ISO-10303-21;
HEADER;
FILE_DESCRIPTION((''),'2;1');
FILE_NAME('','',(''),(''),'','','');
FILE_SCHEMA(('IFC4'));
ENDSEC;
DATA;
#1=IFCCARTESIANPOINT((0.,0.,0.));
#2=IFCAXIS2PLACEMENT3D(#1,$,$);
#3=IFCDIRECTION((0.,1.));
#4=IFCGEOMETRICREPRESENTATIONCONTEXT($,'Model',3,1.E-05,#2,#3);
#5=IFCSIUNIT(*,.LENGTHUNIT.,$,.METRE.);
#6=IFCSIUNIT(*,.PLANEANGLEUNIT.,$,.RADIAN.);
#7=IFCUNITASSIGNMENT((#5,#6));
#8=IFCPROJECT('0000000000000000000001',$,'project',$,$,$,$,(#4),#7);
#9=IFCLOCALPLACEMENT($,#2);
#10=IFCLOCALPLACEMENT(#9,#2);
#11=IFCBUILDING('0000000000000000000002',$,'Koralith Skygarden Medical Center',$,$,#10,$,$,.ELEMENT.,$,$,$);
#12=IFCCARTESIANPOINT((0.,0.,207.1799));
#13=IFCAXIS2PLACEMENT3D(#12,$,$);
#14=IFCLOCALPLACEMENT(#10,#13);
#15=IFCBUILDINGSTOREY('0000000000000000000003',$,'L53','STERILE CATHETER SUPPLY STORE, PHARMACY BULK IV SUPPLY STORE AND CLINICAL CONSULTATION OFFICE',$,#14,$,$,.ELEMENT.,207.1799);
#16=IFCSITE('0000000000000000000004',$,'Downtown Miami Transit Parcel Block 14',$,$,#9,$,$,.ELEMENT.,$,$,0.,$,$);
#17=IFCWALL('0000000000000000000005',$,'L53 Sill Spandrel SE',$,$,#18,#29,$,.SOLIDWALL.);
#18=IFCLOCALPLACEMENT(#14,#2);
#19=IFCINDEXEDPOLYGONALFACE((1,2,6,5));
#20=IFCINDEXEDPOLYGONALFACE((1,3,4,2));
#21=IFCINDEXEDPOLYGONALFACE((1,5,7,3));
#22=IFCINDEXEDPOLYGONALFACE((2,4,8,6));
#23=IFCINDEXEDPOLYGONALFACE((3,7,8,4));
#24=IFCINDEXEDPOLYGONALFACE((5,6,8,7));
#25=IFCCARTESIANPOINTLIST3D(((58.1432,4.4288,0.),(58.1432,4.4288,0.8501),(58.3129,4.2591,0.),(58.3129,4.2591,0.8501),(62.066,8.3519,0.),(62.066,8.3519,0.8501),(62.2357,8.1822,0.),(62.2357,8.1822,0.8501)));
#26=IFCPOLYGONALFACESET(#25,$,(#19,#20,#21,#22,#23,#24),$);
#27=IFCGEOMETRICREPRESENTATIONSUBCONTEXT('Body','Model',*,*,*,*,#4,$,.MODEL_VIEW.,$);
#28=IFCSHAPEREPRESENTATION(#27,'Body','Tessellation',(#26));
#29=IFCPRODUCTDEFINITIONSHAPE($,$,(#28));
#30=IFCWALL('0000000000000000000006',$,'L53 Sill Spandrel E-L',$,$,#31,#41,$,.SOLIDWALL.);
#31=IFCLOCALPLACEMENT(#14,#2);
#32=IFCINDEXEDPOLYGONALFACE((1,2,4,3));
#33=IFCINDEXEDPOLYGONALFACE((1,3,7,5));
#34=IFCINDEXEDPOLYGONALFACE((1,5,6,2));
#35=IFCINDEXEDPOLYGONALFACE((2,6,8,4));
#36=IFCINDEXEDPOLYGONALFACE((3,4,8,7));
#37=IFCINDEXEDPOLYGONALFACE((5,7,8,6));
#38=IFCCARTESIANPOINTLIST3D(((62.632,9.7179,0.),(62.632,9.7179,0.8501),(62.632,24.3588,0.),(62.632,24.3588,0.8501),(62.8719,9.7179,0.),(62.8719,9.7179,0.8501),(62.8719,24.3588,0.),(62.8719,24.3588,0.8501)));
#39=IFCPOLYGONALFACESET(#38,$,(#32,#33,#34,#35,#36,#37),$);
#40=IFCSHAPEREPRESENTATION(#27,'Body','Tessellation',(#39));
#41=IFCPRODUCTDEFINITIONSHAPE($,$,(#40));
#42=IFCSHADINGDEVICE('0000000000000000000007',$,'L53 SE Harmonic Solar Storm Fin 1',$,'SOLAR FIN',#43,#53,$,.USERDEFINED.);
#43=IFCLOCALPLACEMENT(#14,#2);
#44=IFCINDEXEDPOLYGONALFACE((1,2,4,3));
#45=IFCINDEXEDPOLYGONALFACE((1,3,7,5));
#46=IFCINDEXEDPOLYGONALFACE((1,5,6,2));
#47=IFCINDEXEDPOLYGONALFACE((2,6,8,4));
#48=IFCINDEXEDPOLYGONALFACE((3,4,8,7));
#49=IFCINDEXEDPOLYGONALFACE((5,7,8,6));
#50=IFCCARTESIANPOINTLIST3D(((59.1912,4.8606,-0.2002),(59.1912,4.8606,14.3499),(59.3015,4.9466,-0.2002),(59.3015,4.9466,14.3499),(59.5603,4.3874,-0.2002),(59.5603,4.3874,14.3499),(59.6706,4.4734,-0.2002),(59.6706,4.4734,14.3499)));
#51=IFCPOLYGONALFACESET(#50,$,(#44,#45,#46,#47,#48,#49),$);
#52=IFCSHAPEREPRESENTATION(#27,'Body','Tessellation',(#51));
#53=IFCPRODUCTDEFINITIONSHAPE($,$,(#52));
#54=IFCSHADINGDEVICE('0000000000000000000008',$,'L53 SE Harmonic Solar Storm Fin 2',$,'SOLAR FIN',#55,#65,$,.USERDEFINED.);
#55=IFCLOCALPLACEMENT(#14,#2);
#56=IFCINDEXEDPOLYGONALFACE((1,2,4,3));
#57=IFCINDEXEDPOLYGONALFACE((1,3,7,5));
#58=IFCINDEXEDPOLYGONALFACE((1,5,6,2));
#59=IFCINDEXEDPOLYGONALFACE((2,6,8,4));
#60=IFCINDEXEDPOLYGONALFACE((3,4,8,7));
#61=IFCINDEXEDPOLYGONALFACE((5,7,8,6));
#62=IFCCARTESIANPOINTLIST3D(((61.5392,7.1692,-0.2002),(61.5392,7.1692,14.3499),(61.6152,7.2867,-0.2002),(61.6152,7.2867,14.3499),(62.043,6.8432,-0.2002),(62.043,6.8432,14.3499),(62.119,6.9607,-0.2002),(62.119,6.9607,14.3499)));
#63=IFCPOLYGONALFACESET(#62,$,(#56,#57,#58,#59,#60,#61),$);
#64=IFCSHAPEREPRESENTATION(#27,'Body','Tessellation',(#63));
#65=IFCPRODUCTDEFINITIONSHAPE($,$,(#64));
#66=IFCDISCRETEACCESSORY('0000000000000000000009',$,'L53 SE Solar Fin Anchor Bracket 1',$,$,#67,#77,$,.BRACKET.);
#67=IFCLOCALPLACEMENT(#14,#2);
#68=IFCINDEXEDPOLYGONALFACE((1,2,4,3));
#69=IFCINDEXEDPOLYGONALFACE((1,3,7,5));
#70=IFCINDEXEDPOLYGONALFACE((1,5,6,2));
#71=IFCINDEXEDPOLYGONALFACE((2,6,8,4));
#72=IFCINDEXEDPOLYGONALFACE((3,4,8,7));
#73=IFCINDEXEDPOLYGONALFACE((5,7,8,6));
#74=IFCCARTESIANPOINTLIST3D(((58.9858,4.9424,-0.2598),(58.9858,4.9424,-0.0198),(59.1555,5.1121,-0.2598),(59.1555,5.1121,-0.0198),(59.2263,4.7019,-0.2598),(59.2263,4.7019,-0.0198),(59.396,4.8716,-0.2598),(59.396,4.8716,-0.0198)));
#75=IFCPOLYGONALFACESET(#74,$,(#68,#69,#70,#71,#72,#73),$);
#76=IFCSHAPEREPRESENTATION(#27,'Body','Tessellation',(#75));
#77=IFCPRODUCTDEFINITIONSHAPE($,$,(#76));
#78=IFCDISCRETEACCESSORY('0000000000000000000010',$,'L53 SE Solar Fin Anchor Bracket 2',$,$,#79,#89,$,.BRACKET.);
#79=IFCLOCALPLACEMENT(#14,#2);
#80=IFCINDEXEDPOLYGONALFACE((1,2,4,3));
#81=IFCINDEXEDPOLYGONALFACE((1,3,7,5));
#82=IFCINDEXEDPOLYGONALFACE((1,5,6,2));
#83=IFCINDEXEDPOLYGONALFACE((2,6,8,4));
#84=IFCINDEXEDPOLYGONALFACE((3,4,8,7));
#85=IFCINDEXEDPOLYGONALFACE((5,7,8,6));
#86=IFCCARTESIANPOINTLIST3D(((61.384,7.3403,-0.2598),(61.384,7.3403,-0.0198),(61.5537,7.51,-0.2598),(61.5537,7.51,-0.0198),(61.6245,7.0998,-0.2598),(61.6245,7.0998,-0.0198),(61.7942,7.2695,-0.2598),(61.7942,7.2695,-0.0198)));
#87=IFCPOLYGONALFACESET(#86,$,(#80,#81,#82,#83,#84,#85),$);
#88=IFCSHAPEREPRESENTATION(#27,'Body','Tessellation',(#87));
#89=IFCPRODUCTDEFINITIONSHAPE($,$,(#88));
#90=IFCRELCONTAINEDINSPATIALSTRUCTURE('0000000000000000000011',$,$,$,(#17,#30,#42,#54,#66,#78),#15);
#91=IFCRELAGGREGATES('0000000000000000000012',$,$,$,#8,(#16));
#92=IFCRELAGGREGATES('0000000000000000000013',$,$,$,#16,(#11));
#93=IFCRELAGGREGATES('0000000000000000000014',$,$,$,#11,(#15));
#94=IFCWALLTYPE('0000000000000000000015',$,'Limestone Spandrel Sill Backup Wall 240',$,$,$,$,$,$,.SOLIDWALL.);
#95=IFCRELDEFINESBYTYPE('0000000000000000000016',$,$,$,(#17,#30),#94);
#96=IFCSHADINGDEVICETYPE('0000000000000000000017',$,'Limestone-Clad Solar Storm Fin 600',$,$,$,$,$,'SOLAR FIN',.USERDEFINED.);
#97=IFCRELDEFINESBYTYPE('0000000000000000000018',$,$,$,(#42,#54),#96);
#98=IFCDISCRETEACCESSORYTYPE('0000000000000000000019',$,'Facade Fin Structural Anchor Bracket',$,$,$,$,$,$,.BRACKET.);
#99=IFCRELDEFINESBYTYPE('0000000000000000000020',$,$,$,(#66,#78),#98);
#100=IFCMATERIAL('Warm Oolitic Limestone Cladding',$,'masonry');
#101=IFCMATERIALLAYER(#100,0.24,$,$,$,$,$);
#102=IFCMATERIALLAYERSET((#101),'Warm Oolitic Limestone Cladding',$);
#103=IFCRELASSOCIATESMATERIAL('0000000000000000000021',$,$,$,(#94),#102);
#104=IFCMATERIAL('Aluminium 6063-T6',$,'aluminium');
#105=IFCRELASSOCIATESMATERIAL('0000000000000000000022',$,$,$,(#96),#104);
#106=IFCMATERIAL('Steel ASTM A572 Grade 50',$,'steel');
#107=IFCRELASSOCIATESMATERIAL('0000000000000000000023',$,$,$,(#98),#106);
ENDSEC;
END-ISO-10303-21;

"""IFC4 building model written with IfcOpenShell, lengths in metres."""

from ifc_helpers import new_model, si_unit, direction, frame, frame_2d, origin, origin_2d, place, context, subcontext, project, spatial, rectangle, extrude, material, layer, layer_set, type_object, element, save


model = new_model("IFC4")

# Units and contexts
model_context = context("Model", 3, precision=1e-05, world=origin(), true_north=direction((0.0, 1.0)))
body_context = subcontext(model_context, "Body", "Model", "MODEL_VIEW")
ifc_project = project(units=[si_unit("LENGTHUNIT", "METRE"), si_unit("PLANEANGLEUNIT", "RADIAN")], contexts=[model_context])

# Site, building, storey
site_placement = place(None, origin())
site = spatial("IfcSite", under=ifc_project, at=site_placement, Name="Downtown Miami Transit Parcel Block 14", CompositionType="ELEMENT", RefElevation=0.0)
building_placement = place(site_placement, origin())
building = spatial("IfcBuilding", under=site, at=building_placement, Name="Koralith Skygarden Medical Center", CompositionType="ELEMENT")
storey_placement = place(building_placement, frame((0.0, 0.0, 207.1799)))
storey = spatial("IfcBuildingStorey", under=building, at=storey_placement, Name="L53", Description="STERILE CATHETER SUPPLY STORE, PHARMACY BULK IV SUPPLY STORE AND CLINICAL CONSULTATION OFFICE", CompositionType="ELEMENT", Elevation=207.1799)

# Shared definitions
ifc_material_1 = material(Name="Aluminium 6063-T6", Category="aluminium")

# Shared definitions
ifc_material_2 = material(Name="Warm Oolitic Limestone Cladding", Category="masonry")

# Walls
ifc_layer_1 = layer(ifc_material_2, 0.24)
ifc_layer_set_1 = layer_set([ifc_layer_1], Name="Warm Oolitic Limestone Cladding")
wall_type = type_object("IfcWallType", Name="Limestone Spandrel Sill Backup Wall 240", PredefinedType="SOLIDWALL", material=ifc_layer_set_1)
wall_1_placement = place(storey_placement, frame((58.228, 4.344, 0.0), z_axis=(0.0, 0.0, 1.0), x_axis=(0.707085, 0.707129, 0.0)))
element("IfcWall", 1, at=wall_1_placement, inside=storey, type_object=wall_type, Name="L53 Sill Spandrel SE", PredefinedType="SOLIDWALL", context=body_context, shape_type="SweptSolid", body=[
    extrude(rectangle(XDim=5.5479, YDim=0.24, at=frame_2d((2.7739, 0.0))), origin(), (0.0, 0.0, 1.0), 0.8501),
])
wall_2_placement = place(storey_placement, frame((62.752, 9.718, 0.0), z_axis=(0.0, 0.0, 1.0), x_axis=(0.0, 1.0, 0.0)))
element("IfcWall", 2, at=wall_2_placement, inside=storey, type_object=wall_type, Name="L53 Sill Spandrel E-L", PredefinedType="SOLIDWALL", context=body_context, shape_type="SweptSolid", body=[
    extrude(rectangle(XDim=14.6409, YDim=0.24, at=frame_2d((7.3203, 0.0))), origin(), (0.0, 0.0, 1.0), 0.8501),
])

# Shading devices
shading_device_type = type_object("IfcShadingDeviceType", Name="Limestone-Clad Solar Storm Fin 600", ElementType="SOLAR FIN", PredefinedType="USERDEFINED", material=ifc_material_1)
for number, where, z_axis, x_axis, name in (
    (3, (59.4309, 4.667, -0.2002), (0.0, 0.0, 1.0), (0.61507, -0.788473, 0.0), "L53 SE Harmonic Solar Storm Fin 1"),
    (4, (61.8291, 7.0649, -0.2002), (0.0, 0.0, 1.0), (0.839563, -0.543262, 0.0), "L53 SE Harmonic Solar Storm Fin 2"),
):
    element("IfcShadingDevice", number, at=place(storey_placement, frame(where, z_axis=z_axis, x_axis=x_axis)), inside=storey, type_object=shading_device_type, Name=name, ObjectType="SOLAR FIN", PredefinedType="USERDEFINED", context=body_context, shape_type="SweptSolid", body=[
        extrude(rectangle(XDim=0.6001, YDim=0.1399, at=origin_2d()), origin(), (0.0, 0.0, 1.0), 14.55),
    ])

# Discrete accessories
ifc_material_3 = material(Name="Steel ASTM A572 Grade 50", Category="steel")
discrete_accessory_type = type_object("IfcDiscreteAccessoryType", Name="Facade Fin Structural Anchor Bracket", PredefinedType="BRACKET", material=ifc_material_3)
for number, where, z_axis, x_axis, name in (
    (5, (59.1909, 4.907, -0.2598), (0.0, 0.0, 1.0), (0.707107, -0.707107, 0.0), "L53 SE Solar Fin Anchor Bracket 1"),
    (6, (61.5891, 7.3049, -0.2598), (0.0, 0.0, 1.0), (0.707107, -0.707107, 0.0), "L53 SE Solar Fin Anchor Bracket 2"),
):
    element("IfcDiscreteAccessory", number, at=place(storey_placement, frame(where, z_axis=z_axis, x_axis=x_axis)), inside=storey, type_object=discrete_accessory_type, Name=name, PredefinedType="BRACKET", context=body_context, shape_type="SweptSolid", body=[
        extrude(rectangle(XDim=0.3401, YDim=0.24, at=origin_2d()), origin(), (0.0, 0.0, 1.0), 0.24),
    ])

save(model, "model.ifc")
